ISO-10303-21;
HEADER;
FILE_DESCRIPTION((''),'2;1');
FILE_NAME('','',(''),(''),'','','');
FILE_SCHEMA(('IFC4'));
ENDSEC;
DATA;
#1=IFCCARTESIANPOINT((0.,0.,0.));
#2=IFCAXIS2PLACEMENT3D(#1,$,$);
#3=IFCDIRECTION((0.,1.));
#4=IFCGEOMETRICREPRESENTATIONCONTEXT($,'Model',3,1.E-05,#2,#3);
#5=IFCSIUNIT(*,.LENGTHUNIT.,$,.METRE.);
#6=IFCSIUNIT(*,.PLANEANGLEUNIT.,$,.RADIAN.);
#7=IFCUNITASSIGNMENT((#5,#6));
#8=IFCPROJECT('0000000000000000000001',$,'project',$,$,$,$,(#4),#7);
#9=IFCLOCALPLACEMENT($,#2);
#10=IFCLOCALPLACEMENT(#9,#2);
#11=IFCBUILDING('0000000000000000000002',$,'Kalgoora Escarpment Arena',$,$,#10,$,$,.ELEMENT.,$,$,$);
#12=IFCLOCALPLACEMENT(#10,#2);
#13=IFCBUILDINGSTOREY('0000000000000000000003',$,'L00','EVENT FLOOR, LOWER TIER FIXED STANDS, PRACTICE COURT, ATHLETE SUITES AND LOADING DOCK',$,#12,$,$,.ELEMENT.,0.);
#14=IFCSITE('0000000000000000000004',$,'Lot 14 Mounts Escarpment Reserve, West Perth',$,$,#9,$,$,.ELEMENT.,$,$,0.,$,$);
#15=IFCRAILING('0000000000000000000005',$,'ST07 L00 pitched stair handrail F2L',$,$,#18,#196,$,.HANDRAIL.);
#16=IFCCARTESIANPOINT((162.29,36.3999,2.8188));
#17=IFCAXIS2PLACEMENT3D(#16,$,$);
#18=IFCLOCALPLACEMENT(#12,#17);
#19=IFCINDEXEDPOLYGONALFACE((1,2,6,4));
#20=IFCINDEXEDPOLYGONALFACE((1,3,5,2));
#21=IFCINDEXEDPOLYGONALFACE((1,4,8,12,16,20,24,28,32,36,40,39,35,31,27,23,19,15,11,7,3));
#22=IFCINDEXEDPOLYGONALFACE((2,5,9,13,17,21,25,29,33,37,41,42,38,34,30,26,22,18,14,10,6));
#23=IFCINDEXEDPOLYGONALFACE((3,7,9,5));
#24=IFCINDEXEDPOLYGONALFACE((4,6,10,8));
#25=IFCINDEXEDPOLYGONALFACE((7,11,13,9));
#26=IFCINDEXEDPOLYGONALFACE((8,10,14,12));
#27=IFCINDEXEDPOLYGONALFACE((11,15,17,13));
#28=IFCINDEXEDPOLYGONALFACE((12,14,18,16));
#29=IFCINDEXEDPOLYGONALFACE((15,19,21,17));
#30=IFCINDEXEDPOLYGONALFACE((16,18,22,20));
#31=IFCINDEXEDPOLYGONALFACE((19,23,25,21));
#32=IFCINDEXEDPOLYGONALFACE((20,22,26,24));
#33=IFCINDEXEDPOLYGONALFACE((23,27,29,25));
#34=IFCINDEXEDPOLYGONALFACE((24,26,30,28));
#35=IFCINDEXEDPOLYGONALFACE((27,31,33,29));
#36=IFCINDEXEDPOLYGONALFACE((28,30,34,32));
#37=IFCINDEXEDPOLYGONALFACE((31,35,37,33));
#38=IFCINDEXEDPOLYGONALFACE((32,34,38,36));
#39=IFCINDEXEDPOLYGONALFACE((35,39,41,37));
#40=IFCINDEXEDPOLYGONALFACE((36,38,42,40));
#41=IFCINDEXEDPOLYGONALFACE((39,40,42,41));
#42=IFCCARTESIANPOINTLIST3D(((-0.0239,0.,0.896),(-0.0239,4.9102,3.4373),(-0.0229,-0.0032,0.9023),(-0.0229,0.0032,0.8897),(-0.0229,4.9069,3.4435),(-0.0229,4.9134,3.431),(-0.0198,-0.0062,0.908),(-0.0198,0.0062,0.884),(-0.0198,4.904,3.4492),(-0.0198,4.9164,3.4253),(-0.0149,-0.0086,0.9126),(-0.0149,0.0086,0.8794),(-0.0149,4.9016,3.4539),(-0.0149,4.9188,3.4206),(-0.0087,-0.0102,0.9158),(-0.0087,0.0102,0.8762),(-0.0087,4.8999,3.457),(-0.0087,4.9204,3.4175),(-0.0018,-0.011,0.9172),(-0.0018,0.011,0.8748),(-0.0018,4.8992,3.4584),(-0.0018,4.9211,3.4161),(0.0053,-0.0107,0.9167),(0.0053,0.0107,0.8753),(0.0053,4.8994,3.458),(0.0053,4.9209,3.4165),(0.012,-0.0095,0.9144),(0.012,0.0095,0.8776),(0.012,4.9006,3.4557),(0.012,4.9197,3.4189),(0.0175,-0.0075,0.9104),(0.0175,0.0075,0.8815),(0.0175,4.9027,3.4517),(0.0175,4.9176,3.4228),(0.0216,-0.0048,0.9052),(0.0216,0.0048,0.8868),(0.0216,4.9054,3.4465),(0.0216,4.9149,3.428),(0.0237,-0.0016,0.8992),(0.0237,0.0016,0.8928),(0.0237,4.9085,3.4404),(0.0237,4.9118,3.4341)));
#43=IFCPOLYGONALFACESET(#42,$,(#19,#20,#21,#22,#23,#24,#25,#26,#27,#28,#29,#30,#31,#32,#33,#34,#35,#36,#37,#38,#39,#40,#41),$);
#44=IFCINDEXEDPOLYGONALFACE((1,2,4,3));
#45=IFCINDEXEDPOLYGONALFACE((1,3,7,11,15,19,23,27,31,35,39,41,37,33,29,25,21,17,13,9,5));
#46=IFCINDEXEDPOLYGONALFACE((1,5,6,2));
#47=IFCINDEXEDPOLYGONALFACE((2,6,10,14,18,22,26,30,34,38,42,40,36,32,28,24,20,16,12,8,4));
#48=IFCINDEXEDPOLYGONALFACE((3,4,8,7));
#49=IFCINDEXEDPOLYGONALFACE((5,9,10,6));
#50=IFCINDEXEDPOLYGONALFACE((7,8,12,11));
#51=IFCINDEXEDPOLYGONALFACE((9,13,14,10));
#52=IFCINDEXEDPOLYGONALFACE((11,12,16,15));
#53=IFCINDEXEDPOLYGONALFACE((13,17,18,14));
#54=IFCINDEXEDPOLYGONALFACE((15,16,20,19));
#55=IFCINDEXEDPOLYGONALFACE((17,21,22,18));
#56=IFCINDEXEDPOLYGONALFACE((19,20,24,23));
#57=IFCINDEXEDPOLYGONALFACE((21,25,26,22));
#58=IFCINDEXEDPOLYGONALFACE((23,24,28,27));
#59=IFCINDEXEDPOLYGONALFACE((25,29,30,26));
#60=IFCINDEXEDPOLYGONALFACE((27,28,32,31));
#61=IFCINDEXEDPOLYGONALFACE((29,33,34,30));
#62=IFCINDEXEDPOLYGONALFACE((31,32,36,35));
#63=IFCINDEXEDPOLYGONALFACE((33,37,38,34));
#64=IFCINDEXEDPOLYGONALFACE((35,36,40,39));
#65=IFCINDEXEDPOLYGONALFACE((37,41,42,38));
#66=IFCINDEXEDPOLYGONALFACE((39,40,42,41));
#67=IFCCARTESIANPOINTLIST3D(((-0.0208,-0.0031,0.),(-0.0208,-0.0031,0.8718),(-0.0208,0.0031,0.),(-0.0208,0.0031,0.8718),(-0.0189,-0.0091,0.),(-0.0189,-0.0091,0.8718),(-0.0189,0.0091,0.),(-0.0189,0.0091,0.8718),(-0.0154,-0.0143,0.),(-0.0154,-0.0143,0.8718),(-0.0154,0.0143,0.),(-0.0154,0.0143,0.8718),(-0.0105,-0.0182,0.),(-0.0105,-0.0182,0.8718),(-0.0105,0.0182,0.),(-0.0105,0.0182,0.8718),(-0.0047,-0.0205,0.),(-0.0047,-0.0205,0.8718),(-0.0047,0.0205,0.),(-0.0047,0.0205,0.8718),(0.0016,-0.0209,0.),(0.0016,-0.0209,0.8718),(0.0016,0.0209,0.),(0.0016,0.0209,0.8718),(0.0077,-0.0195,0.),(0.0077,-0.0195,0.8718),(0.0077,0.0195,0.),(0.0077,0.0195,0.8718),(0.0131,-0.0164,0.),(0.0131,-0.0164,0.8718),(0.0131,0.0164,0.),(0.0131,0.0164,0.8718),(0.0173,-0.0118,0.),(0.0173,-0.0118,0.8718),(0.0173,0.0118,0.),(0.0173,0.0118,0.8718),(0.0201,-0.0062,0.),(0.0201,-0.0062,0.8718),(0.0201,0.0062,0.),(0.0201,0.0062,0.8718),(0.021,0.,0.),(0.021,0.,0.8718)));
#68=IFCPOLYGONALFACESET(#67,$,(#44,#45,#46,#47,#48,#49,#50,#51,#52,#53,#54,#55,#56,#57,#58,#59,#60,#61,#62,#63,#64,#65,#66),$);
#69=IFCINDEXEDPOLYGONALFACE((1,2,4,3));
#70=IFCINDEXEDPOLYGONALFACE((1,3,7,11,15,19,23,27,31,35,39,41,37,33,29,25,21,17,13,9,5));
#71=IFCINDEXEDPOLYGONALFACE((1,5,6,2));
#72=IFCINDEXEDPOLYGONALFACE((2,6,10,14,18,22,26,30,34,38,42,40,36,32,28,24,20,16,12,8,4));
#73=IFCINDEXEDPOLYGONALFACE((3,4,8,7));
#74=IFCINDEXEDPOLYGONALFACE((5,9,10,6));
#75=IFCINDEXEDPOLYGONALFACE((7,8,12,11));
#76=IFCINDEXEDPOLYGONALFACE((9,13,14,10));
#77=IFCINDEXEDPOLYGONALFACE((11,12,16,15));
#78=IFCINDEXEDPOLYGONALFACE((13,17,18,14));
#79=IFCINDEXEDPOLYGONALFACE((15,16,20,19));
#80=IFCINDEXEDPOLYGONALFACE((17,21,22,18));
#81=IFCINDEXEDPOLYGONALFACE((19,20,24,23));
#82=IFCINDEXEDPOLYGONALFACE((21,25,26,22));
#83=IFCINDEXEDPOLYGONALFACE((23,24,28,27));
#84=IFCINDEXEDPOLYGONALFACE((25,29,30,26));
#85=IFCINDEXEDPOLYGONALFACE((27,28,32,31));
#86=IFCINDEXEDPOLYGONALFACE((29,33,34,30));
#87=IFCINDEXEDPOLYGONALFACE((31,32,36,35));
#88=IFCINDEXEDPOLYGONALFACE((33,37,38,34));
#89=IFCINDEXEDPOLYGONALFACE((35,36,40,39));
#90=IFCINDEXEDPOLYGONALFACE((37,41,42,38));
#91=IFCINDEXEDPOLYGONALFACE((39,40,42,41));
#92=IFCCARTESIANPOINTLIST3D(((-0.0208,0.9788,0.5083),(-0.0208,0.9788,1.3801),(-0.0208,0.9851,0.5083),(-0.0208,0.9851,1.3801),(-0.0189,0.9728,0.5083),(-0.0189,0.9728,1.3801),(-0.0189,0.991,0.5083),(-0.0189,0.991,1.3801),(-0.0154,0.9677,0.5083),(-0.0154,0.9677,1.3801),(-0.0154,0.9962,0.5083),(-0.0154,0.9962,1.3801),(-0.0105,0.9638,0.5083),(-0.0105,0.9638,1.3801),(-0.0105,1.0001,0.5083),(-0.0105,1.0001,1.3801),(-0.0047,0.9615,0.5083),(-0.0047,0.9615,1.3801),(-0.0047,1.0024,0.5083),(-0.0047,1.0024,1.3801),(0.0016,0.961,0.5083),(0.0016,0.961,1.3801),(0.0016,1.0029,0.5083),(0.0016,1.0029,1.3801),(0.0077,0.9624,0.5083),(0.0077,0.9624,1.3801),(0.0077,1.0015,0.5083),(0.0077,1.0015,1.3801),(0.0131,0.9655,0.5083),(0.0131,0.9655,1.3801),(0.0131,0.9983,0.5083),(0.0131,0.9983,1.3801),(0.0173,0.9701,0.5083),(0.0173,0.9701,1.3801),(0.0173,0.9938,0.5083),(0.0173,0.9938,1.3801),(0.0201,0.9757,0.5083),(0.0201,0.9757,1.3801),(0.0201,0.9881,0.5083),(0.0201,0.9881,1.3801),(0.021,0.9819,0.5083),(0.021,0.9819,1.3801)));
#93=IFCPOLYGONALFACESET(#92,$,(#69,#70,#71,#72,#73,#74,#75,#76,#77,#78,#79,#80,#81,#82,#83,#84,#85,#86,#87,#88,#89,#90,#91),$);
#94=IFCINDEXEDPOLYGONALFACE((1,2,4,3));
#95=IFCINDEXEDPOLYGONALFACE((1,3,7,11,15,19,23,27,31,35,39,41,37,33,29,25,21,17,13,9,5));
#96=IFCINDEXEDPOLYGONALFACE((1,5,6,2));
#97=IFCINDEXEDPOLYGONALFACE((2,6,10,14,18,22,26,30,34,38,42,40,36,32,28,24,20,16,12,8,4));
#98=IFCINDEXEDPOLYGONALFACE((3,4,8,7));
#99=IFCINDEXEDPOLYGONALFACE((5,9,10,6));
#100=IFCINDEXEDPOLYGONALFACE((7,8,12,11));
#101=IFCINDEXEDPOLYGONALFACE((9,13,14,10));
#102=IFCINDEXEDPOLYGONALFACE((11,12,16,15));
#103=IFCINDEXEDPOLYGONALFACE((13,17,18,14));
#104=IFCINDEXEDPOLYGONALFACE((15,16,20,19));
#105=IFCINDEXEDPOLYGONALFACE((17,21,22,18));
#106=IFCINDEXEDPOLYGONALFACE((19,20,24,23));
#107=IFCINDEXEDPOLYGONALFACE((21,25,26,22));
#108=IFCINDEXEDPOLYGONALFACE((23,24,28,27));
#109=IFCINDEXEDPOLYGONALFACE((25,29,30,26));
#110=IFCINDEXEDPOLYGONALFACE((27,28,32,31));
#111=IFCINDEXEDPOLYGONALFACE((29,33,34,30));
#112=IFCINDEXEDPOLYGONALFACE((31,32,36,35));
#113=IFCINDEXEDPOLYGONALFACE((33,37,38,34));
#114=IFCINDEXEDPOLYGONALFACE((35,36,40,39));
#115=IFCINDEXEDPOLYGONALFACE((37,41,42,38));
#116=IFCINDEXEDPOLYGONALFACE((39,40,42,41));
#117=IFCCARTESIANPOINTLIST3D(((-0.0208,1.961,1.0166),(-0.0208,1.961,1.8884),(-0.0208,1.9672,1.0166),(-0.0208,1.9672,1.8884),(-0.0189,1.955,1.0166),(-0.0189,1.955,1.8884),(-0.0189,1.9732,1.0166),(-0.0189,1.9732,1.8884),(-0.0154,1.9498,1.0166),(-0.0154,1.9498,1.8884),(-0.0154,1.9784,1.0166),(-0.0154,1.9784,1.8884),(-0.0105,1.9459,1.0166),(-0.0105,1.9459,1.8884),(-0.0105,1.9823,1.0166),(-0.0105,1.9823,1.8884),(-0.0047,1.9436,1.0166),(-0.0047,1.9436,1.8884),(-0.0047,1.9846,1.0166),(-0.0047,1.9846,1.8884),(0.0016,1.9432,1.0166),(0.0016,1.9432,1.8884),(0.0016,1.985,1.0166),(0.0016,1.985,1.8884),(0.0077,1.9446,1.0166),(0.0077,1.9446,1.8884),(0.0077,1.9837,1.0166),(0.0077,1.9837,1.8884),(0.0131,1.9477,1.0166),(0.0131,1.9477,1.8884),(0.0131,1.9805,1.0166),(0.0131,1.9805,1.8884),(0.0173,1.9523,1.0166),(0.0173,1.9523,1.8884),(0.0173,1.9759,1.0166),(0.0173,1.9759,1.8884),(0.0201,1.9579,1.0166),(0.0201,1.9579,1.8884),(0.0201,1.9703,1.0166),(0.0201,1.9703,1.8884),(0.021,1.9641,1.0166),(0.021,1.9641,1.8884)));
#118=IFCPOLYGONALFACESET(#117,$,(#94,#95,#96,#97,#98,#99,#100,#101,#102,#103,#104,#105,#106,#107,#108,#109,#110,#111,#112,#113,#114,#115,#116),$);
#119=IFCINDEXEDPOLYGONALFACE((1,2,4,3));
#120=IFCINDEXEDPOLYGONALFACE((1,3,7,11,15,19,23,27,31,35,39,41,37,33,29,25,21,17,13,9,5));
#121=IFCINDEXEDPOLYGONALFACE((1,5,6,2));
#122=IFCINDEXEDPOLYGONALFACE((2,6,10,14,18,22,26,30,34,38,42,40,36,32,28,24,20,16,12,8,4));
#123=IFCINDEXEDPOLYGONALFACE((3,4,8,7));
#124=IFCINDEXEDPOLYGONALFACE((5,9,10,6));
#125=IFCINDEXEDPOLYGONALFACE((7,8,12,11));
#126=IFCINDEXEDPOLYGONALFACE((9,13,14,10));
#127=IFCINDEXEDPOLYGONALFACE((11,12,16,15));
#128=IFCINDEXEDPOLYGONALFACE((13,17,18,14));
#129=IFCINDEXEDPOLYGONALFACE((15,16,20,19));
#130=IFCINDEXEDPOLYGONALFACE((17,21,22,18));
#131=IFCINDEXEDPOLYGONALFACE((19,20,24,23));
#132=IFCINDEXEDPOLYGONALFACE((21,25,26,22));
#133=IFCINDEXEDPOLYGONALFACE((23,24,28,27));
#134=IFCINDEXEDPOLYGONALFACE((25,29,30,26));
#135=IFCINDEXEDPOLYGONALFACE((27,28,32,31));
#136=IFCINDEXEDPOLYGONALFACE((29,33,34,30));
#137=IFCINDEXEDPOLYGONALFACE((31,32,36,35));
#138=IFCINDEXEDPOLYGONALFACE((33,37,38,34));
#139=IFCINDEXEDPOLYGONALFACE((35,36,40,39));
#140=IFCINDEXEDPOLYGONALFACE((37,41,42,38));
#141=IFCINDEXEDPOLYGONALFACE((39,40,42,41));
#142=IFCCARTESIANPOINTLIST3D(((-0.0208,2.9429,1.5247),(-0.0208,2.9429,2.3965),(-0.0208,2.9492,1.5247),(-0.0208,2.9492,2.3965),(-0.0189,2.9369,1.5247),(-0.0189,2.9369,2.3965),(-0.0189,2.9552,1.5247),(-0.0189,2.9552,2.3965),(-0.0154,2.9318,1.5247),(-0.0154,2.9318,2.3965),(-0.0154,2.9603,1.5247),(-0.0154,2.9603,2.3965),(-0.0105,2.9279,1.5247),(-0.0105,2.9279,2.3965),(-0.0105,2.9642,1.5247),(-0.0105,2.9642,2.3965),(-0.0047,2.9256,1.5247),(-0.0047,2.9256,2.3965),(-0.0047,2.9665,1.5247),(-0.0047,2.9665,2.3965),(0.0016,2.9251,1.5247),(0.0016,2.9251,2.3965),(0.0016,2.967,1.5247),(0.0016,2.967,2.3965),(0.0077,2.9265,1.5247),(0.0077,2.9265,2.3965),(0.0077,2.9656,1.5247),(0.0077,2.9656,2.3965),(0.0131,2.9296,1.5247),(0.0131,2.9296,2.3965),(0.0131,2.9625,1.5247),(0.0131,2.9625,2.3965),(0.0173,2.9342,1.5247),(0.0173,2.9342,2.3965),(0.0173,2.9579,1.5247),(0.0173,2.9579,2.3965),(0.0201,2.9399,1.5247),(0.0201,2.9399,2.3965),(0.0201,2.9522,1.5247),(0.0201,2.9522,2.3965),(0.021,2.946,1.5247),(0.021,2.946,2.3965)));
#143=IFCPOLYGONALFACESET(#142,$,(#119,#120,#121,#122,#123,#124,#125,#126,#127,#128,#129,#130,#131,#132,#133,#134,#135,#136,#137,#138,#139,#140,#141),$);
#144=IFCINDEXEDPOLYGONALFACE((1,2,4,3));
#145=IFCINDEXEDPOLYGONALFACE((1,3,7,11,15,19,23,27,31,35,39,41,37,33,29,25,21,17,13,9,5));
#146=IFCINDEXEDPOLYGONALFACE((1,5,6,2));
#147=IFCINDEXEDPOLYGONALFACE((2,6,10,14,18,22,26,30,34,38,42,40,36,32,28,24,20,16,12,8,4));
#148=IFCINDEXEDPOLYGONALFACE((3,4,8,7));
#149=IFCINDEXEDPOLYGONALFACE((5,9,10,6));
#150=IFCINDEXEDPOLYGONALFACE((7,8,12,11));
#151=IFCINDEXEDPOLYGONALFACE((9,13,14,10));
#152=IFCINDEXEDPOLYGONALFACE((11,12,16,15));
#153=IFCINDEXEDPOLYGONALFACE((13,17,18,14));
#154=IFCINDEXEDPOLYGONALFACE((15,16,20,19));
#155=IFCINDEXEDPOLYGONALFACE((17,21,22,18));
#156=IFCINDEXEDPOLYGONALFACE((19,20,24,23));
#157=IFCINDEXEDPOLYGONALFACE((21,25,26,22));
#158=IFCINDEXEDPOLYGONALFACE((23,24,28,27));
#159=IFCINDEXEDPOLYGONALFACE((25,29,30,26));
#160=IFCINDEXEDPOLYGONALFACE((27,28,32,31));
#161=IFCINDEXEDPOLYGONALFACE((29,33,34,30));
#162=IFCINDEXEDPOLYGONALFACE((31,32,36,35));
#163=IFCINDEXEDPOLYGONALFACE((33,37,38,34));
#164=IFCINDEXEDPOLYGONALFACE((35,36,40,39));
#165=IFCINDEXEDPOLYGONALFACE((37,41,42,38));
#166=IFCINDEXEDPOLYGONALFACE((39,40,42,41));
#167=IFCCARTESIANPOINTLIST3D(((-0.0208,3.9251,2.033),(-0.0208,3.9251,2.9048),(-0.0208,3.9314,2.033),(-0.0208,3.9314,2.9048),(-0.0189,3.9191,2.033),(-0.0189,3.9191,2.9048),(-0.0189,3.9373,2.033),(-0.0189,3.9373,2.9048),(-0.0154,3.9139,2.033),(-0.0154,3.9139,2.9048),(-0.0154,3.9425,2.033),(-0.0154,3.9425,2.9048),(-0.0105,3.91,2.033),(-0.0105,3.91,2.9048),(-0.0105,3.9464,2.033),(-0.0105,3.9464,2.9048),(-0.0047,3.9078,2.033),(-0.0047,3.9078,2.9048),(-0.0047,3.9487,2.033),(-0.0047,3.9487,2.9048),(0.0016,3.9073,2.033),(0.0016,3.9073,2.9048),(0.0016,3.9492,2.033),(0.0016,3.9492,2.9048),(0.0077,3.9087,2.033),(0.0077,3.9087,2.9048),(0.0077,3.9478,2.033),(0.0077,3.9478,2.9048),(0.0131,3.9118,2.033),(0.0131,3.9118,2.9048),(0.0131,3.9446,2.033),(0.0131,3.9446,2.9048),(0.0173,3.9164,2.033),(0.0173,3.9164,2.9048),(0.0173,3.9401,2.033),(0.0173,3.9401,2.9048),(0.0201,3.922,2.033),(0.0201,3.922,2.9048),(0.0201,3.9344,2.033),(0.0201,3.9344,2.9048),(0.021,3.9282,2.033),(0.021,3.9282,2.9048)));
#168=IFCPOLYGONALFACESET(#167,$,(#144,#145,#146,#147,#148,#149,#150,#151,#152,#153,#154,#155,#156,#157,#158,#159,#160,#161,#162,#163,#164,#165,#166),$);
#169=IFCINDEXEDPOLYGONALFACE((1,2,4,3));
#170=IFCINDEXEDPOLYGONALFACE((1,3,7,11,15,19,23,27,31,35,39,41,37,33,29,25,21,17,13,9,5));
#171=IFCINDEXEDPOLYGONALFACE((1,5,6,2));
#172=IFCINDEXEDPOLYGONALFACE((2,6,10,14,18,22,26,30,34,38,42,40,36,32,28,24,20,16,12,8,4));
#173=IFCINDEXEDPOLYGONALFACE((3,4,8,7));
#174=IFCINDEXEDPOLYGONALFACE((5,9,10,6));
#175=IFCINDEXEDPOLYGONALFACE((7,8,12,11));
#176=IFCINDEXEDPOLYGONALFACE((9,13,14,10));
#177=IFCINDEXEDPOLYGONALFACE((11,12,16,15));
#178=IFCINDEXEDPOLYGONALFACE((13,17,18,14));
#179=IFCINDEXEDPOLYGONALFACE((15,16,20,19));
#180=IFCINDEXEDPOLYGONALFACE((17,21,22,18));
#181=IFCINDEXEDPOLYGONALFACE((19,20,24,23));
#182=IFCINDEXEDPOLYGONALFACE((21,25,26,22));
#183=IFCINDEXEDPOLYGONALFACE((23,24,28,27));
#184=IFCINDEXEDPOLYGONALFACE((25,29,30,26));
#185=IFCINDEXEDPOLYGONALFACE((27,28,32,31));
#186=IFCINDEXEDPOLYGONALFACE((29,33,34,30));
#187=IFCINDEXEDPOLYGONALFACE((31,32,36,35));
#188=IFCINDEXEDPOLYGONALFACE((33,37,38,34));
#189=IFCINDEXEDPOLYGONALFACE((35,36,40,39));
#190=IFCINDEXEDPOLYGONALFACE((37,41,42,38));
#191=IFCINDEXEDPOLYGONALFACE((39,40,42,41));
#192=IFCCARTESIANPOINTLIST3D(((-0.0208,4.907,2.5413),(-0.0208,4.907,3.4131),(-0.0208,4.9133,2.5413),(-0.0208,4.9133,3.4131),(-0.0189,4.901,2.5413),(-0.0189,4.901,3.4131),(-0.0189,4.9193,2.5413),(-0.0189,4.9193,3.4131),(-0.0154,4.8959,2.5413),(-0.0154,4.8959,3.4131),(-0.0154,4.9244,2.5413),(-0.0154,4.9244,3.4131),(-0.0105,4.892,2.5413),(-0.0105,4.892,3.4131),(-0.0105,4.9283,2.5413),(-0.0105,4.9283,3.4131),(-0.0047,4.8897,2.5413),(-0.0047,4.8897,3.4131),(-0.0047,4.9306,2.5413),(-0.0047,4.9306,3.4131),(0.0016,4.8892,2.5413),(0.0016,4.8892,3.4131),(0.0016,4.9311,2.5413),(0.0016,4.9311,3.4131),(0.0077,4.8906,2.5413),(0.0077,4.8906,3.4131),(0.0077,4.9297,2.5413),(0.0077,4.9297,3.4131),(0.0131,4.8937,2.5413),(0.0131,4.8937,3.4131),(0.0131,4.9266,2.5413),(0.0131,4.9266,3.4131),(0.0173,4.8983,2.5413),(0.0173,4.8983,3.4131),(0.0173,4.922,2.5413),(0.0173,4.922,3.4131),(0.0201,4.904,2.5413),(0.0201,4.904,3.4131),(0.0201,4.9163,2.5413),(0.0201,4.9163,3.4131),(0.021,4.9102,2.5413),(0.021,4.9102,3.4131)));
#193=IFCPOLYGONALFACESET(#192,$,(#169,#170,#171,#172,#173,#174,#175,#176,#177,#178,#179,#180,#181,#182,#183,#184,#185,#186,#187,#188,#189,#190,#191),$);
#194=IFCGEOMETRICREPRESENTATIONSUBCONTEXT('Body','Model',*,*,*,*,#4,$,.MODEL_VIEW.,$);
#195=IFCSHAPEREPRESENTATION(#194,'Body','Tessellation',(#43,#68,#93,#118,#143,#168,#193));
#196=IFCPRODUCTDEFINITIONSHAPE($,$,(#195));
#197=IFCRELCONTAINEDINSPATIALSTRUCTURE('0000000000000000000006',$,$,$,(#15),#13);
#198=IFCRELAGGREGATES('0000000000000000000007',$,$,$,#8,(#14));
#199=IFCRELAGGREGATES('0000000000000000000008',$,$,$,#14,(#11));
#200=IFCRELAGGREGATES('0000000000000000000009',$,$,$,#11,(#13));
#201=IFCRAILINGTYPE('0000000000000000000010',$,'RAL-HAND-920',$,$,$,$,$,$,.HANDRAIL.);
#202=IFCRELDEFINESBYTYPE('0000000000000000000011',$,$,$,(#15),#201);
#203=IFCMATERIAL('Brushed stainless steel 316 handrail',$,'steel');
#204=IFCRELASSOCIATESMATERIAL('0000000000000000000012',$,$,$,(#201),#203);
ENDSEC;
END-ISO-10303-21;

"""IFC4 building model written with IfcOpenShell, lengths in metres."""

from ifc_helpers import new_model, si_unit, direction, frame, origin, origin_2d, place, context, subcontext, project, spatial, circle, extrude, material, type_object, element, save


model = new_model("IFC4")

# Units and contexts
model_context = context("Model", 3, precision=1e-05, world=origin(), true_north=direction((0.0, 1.0)))
body_context = subcontext(model_context, "Body", "Model", "MODEL_VIEW")
ifc_project = project(units=[si_unit("LENGTHUNIT", "METRE"), si_unit("PLANEANGLEUNIT", "RADIAN")], contexts=[model_context])

# Site, building, storey
site_placement = place(None, origin())
site = spatial("IfcSite", under=ifc_project, at=site_placement, Name="Lot 14 Mounts Escarpment Reserve, West Perth", CompositionType="ELEMENT", RefElevation=0.0)
building_placement = place(site_placement, origin())
building = spatial("IfcBuilding", under=site, at=building_placement, Name="Kalgoora Escarpment Arena", CompositionType="ELEMENT")
storey_placement = place(building_placement, origin())
storey = spatial("IfcBuildingStorey", under=building, at=storey_placement, Name="L00", Description="EVENT FLOOR, LOWER TIER FIXED STANDS, PRACTICE COURT, ATHLETE SUITES AND LOADING DOCK", CompositionType="ELEMENT", Elevation=0.0)

# Railing
ifc_material_1 = material(Name="Brushed stainless steel 316 handrail", Category="steel")
railing_type = type_object("IfcRailingType", Name="RAL-HAND-920", PredefinedType="HANDRAIL", material=ifc_material_1)
for number, where, name in (
    (1, (162.29, 36.3999, 2.8188), "ST07 L00 pitched stair handrail F2L"),
):
    element("IfcRailing", number, at=place(storey_placement, frame(where)), inside=storey, type_object=railing_type, Name=name, PredefinedType="HANDRAIL", context=body_context, shape_type="SweptSolid", body=[
        extrude(circle(Radius=0.0239, at=origin_2d()), frame((0.0, 0.0, 0.896), z_axis=(0.0, 0.888105, 0.45964), x_axis=(-1.0, 0.0, 0.0)), (0.0, 0.0, 1.0), 5.5288),
        extrude(circle(Radius=0.021, at=origin_2d()), origin(), (0.0, 0.0, 1.0), 0.8718),
        extrude(circle(Radius=0.021, at=origin_2d()), frame((0.0, 0.9819, 0.5083)), (0.0, 0.0, 1.0), 0.8718),
        extrude(circle(Radius=0.021, at=origin_2d()), frame((0.0, 1.9641, 1.0166)), (0.0, 0.0, 1.0), 0.8718),
        extrude(circle(Radius=0.021, at=origin_2d()), frame((0.0, 2.946, 1.5247)), (0.0, 0.0, 1.0), 0.8718),
        extrude(circle(Radius=0.021, at=origin_2d()), frame((0.0, 3.9282, 2.033)), (0.0, 0.0, 1.0), 0.8718),
        extrude(circle(Radius=0.021, at=origin_2d()), frame((0.0, 4.9102, 2.5413)), (0.0, 0.0, 1.0), 0.8718),
    ])

save(model, "model.ifc")
